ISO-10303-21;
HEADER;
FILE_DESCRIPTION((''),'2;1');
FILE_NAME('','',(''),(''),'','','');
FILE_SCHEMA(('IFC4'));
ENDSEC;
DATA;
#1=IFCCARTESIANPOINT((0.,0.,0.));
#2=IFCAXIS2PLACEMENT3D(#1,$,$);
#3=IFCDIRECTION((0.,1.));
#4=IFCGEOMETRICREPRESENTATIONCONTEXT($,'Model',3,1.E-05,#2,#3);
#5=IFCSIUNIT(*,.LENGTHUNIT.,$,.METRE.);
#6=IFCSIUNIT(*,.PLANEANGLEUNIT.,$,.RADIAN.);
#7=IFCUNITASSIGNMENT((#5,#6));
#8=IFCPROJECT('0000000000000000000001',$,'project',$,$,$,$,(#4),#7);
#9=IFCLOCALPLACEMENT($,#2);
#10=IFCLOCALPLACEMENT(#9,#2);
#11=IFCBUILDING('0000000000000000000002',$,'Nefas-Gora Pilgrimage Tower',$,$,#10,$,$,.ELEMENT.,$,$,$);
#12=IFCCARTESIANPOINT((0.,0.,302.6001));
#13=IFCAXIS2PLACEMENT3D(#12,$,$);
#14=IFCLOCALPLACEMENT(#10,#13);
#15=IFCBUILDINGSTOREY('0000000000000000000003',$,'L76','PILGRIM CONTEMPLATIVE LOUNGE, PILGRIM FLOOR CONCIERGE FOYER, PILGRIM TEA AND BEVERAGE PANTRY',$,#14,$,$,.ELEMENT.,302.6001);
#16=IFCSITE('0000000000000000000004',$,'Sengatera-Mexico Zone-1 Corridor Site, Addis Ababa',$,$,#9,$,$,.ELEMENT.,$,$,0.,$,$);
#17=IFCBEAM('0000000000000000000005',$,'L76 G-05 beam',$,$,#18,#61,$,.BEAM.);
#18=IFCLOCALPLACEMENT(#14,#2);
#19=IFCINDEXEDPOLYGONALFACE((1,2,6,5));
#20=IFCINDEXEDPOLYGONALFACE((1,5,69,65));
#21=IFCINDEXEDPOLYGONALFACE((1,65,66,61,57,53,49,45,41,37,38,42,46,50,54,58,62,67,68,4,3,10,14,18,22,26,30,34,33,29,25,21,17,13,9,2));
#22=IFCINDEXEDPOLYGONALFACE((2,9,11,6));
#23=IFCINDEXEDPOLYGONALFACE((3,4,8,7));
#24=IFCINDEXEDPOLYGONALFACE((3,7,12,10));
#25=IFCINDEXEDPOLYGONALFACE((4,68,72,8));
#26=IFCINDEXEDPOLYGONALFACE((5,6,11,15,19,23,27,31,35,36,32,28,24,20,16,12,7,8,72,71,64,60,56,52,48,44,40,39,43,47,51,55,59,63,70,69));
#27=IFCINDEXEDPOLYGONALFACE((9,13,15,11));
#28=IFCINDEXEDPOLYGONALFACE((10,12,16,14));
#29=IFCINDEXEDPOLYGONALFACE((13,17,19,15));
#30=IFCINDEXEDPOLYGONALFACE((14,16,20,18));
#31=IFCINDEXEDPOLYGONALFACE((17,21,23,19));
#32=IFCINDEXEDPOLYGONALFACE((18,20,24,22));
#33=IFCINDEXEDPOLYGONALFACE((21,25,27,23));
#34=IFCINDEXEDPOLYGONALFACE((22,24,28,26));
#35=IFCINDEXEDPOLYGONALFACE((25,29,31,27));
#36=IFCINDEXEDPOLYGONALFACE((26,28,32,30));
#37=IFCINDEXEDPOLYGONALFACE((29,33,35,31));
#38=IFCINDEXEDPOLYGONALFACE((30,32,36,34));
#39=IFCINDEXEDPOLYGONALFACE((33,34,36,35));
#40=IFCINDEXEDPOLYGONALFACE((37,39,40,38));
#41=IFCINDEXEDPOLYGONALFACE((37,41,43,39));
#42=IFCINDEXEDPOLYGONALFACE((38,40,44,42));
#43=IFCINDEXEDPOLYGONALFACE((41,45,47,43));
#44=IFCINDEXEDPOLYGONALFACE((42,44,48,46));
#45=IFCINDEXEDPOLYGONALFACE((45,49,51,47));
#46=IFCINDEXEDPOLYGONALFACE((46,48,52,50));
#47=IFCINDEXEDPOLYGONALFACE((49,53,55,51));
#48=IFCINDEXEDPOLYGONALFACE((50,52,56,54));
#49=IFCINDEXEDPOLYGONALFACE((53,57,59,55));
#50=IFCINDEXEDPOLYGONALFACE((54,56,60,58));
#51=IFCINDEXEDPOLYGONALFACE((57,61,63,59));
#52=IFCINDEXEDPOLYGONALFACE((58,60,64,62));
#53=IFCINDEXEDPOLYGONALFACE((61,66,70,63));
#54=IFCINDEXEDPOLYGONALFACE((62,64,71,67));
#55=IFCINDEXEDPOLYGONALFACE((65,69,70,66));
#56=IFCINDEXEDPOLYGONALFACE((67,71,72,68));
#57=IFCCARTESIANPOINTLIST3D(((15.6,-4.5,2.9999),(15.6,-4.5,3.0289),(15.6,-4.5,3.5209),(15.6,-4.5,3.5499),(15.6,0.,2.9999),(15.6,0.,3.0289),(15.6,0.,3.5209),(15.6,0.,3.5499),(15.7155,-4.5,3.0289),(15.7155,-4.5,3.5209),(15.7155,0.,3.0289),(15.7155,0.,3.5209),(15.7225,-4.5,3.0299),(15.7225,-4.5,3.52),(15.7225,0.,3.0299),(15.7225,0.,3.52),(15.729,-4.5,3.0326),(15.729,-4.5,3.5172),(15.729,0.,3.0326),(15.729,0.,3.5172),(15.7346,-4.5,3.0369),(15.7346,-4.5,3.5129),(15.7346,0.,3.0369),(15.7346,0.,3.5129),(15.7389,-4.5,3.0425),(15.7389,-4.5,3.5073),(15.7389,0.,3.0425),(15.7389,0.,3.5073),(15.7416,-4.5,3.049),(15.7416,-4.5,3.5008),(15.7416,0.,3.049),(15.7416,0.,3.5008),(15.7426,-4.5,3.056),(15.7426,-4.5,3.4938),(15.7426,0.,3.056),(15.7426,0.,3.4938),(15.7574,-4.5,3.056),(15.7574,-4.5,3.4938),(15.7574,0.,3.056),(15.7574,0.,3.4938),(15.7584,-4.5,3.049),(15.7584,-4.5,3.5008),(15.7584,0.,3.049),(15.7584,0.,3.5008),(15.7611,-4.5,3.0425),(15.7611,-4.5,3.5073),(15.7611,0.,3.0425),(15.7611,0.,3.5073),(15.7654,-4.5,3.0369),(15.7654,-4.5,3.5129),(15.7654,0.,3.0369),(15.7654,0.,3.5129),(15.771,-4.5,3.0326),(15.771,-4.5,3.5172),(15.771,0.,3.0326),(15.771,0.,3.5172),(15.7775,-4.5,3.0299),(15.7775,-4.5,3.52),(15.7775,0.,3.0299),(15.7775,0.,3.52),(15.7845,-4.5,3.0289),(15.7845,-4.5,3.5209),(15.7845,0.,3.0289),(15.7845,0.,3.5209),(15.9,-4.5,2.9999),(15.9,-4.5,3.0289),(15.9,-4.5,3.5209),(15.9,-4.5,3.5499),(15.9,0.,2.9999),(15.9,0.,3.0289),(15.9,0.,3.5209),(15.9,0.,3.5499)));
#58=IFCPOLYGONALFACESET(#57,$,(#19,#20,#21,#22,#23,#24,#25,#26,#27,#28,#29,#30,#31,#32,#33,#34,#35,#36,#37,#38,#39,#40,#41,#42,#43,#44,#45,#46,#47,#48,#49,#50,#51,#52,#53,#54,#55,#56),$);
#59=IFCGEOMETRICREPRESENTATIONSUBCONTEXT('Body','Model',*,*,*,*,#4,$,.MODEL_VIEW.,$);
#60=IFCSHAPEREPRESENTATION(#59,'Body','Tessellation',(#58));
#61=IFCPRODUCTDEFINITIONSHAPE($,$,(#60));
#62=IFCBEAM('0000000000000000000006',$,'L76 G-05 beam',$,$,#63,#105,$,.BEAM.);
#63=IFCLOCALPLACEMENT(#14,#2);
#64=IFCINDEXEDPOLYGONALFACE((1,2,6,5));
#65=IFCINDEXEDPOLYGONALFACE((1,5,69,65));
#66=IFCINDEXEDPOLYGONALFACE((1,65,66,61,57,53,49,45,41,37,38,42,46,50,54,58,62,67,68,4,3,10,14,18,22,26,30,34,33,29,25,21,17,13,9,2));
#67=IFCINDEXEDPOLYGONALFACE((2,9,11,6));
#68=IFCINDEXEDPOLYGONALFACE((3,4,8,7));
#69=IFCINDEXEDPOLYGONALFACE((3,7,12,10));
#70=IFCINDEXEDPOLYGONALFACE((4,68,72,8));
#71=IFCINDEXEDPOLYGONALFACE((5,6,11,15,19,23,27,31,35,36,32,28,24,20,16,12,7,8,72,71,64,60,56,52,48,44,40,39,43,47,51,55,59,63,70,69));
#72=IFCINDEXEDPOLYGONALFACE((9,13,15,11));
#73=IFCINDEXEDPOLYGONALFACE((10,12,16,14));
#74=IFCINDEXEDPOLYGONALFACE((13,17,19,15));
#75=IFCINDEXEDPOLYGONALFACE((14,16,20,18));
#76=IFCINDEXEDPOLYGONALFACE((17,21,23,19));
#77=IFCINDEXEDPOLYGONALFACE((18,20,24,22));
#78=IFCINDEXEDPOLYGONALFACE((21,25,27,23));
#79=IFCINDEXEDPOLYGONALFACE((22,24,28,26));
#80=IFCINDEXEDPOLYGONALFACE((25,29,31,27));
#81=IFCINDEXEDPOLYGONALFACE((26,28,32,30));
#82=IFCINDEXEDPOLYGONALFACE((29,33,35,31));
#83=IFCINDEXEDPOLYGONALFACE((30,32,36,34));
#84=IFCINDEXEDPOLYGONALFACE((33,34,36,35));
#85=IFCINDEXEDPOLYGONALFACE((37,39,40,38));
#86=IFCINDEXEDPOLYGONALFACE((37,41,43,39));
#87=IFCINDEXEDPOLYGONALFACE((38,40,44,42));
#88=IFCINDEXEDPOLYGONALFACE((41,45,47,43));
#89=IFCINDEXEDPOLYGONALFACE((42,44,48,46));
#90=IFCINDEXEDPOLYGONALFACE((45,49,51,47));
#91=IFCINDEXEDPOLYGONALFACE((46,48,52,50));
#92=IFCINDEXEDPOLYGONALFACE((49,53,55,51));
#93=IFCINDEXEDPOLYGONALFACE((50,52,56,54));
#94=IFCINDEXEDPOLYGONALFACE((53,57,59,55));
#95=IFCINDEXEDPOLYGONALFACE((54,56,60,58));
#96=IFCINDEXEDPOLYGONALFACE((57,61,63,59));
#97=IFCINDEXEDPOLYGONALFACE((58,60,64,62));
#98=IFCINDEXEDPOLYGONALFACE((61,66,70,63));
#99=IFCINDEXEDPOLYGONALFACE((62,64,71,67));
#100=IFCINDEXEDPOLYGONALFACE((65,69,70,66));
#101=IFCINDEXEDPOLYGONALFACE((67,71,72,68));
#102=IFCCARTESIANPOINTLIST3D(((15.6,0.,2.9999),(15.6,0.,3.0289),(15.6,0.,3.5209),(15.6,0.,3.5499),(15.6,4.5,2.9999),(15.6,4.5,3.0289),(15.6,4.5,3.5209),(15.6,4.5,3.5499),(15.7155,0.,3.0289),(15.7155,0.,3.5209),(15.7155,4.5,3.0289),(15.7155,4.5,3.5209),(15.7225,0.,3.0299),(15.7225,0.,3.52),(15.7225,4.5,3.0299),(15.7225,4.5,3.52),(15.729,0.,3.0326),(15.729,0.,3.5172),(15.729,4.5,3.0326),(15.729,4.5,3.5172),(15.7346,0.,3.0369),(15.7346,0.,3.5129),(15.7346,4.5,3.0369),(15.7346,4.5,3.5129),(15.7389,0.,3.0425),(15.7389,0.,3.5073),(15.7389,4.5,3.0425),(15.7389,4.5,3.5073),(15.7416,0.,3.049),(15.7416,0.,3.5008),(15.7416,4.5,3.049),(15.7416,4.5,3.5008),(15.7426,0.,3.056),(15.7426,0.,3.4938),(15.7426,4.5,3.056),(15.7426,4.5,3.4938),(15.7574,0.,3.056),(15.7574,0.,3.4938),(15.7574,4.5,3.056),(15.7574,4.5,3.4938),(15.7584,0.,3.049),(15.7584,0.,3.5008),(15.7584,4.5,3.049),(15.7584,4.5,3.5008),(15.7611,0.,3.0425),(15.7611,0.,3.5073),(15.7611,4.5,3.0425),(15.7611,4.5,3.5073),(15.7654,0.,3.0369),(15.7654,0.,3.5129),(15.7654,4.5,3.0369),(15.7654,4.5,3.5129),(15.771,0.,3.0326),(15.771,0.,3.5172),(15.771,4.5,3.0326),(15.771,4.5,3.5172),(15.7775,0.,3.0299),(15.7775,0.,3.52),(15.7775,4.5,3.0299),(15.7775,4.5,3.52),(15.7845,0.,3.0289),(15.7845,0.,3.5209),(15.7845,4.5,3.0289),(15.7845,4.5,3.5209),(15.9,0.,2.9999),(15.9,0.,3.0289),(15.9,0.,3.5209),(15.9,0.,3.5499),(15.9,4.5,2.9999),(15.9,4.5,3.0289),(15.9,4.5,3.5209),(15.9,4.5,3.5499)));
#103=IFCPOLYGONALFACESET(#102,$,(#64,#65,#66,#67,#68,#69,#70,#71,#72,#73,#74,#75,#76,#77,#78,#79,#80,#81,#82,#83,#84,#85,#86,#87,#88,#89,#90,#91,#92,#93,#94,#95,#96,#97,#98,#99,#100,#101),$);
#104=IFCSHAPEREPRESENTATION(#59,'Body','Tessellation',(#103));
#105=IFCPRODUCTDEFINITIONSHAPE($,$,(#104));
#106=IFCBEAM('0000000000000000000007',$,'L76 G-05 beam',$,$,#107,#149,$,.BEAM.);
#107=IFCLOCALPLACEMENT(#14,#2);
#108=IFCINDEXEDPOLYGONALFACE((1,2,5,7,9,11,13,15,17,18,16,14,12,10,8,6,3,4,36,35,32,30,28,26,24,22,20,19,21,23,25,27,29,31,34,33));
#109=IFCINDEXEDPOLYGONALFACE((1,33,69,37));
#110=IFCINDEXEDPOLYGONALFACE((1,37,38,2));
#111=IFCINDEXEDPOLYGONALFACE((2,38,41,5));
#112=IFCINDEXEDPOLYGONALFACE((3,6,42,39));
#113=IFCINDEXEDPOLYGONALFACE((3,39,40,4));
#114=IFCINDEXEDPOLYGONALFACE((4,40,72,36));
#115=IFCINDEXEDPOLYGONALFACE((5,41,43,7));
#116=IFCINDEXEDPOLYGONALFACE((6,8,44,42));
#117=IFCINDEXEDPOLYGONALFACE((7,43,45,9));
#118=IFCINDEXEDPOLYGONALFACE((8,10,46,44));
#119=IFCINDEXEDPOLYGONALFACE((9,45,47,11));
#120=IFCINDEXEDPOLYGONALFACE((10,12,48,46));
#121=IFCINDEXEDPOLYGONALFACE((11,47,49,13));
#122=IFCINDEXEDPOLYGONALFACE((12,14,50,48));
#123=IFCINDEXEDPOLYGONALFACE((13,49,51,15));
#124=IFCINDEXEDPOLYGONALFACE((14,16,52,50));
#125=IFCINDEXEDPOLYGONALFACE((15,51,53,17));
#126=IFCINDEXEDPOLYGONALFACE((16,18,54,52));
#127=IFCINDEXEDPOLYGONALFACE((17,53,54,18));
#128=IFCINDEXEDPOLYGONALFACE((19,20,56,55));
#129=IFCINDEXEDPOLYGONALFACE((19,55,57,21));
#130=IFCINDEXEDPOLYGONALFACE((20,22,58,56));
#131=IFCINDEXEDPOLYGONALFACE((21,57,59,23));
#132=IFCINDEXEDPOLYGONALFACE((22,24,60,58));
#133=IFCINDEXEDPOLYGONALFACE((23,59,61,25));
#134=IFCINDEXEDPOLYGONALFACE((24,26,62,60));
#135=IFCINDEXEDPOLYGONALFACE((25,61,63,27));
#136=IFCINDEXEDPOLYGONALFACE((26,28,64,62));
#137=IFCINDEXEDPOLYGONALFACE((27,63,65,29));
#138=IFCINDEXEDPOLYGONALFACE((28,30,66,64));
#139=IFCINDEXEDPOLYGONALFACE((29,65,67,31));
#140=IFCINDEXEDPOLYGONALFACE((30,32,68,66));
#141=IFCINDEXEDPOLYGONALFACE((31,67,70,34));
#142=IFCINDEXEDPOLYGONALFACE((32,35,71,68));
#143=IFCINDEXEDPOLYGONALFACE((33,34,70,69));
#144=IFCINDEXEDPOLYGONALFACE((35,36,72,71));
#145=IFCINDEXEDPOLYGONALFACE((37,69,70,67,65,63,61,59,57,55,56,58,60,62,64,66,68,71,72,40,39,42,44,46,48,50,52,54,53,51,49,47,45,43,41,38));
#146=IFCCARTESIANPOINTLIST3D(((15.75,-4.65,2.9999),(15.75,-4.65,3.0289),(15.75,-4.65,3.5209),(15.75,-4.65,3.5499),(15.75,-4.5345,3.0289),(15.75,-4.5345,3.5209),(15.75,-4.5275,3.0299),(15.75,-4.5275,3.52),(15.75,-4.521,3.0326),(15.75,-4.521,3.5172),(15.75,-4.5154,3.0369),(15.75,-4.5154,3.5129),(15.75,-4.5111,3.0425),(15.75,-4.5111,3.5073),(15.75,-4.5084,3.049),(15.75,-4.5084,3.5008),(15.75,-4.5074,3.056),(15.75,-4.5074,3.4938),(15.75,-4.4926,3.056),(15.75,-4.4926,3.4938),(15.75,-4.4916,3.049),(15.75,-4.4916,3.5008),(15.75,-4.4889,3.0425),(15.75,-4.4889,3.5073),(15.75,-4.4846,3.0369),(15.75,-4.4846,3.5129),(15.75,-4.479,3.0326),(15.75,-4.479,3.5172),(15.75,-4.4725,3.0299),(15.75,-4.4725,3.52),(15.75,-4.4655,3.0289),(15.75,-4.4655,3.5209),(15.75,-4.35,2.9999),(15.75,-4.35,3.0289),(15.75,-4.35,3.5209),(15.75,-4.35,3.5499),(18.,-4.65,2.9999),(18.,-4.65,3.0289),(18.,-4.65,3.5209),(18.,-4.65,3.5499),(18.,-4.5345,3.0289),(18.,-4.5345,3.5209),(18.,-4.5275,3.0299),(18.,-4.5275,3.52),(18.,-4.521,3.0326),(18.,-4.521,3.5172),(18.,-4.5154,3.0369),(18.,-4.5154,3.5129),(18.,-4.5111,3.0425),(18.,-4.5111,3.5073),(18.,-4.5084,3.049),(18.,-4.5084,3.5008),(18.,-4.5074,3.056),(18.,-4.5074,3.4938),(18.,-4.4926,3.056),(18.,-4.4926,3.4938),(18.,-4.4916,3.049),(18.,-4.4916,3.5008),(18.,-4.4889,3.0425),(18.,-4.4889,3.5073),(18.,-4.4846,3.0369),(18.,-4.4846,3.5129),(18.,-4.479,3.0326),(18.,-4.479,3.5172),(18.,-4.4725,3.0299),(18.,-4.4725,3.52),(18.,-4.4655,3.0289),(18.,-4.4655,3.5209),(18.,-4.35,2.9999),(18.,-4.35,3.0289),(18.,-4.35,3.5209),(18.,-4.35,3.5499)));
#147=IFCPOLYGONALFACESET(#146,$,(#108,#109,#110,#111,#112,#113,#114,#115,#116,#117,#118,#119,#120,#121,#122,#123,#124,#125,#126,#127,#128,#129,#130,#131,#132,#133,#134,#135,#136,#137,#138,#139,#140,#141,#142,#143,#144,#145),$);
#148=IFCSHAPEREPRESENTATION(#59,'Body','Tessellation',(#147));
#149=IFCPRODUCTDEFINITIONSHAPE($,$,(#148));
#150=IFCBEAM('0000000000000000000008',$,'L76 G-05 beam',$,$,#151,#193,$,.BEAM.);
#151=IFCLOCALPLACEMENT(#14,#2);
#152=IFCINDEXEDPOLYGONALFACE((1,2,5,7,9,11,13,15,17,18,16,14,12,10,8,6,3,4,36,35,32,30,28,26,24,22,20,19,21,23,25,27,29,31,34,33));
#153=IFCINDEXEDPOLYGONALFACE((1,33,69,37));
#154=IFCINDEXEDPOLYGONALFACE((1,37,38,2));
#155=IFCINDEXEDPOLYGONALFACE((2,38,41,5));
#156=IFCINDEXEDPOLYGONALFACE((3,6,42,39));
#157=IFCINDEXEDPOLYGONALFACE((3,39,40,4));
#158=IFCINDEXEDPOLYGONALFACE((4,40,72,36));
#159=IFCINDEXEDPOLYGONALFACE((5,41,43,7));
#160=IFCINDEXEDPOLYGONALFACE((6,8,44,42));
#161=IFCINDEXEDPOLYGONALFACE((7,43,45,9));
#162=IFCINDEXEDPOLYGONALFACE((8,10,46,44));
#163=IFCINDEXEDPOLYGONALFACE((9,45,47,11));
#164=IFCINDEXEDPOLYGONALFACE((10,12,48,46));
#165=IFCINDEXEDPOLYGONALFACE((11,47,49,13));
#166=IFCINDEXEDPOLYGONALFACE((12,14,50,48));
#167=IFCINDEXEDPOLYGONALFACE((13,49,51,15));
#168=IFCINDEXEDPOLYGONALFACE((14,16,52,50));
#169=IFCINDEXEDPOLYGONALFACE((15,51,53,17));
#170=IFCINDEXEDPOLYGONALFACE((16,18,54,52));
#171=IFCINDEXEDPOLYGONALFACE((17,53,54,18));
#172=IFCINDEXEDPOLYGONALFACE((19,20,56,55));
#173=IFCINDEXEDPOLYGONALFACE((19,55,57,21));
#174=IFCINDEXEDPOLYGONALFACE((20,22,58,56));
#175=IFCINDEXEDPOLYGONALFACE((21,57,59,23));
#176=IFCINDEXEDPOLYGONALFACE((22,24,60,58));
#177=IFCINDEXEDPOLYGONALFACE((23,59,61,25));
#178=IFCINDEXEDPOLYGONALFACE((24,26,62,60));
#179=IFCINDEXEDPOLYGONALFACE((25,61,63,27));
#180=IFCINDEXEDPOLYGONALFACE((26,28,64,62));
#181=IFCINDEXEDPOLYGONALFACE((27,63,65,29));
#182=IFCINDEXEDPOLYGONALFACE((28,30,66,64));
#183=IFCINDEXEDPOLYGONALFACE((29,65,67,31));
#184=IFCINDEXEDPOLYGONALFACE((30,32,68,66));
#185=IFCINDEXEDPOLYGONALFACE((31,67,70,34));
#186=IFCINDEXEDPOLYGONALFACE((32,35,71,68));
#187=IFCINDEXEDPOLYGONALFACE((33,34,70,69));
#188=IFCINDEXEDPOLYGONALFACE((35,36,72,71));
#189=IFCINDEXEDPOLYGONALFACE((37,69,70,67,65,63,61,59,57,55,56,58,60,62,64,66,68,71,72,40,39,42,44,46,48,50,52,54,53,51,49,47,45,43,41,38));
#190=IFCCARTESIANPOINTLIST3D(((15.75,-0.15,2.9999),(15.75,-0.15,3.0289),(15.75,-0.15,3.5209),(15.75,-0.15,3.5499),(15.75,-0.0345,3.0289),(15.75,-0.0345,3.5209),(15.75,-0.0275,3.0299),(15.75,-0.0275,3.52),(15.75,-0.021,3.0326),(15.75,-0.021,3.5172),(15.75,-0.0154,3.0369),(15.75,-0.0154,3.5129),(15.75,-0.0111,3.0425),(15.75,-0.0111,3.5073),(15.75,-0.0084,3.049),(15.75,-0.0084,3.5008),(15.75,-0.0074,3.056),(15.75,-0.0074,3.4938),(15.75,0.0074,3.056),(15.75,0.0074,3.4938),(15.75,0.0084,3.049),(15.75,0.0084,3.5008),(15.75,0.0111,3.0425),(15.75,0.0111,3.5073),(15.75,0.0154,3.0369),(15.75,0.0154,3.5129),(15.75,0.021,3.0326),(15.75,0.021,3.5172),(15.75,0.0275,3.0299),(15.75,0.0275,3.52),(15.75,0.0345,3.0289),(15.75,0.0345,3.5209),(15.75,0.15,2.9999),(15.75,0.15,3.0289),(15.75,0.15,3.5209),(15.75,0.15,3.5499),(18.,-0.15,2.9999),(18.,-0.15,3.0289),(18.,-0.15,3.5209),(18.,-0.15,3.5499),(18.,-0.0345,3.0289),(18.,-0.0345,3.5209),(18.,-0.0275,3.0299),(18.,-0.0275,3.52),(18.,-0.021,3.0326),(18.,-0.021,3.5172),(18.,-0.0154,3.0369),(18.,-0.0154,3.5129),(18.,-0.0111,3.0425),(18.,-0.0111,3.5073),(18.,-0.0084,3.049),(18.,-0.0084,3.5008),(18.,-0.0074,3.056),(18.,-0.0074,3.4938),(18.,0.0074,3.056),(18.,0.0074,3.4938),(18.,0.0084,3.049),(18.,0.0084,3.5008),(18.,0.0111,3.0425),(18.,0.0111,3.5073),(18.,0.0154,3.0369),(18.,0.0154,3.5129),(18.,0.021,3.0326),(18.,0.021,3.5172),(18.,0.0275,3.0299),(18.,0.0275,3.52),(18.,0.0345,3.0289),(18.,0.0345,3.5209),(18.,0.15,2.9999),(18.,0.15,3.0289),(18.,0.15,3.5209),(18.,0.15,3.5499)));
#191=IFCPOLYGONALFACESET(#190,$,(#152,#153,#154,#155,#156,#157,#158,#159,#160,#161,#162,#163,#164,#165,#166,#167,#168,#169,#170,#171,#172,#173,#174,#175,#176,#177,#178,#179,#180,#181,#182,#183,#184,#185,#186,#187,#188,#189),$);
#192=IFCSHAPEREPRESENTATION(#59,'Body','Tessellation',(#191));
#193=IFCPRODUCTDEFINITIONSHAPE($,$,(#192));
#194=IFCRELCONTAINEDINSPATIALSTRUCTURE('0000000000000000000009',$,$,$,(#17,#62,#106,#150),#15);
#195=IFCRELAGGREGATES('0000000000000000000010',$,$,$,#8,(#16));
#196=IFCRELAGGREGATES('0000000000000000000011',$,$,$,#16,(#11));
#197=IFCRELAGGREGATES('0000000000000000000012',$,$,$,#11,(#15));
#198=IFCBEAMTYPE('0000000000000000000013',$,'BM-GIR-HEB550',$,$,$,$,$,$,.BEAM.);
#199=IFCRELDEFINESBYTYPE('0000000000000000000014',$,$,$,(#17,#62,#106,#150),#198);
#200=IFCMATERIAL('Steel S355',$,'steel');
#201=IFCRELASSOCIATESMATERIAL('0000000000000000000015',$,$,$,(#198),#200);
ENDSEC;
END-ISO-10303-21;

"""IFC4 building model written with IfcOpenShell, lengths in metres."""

from ifc_helpers import new_model, si_unit, direction, frame, origin, origin_2d, place, context, subcontext, project, spatial, i_section, extrude, source, transform, mapped, material, material_profile, profile_set, type_object, element, save


model = new_model("IFC4")

# Units and contexts
model_context = context("Model", 3, precision=1e-05, world=origin(), true_north=direction((0.0, 1.0)))
body_context = subcontext(model_context, "Body", "Model", "MODEL_VIEW")
ifc_project = project(units=[si_unit("LENGTHUNIT", "METRE"), si_unit("PLANEANGLEUNIT", "RADIAN")], contexts=[model_context])

# Site, building, storey
site_placement = place(None, origin())
site = spatial("IfcSite", under=ifc_project, at=site_placement, Name="Sengatera-Mexico Zone-1 Corridor Site, Addis Ababa", CompositionType="ELEMENT", RefElevation=0.0)
building_placement = place(site_placement, origin())
building = spatial("IfcBuilding", under=site, at=building_placement, Name="Nefas-Gora Pilgrimage Tower", CompositionType="ELEMENT")
storey_placement = place(building_placement, frame((0.0, 0.0, 302.6001)))
storey = spatial("IfcBuildingStorey", under=building, at=storey_placement, Name="L76", Description="PILGRIM CONTEMPLATIVE LOUNGE, PILGRIM FLOOR CONCIERGE FOYER, PILGRIM TEA AND BEVERAGE PANTRY", CompositionType="ELEMENT", Elevation=302.6001)

# Shared definitions
ifc_material_1 = material(Name="Steel S355", Category="steel")

# Beams
ifc_material_profile_1 = material_profile(ifc_material_1, i_section(OverallWidth=0.3, OverallDepth=0.55, WebThickness=0.0149, FlangeThickness=0.0291, FilletRadius=0.0271, at=origin_2d()), Name="HEB 550")
ifc_profile_set_1 = profile_set([ifc_material_profile_1], Name="Steel S355")
beam_type_1 = type_object("IfcBeamType", Name="BM-GIR-HEB550", PredefinedType="BEAM", material=ifc_profile_set_1)
shared_shape_1 = source(origin(), body_context, "Body", "SweptSolid", [
    extrude(i_section(OverallWidth=0.3, OverallDepth=0.55, WebThickness=0.0149, FlangeThickness=0.0291, FilletRadius=0.0271, at=origin_2d()), origin(), (0.0, 0.0, 1.0), 4.5),
])
for number, where, z_axis, x_axis, name in (
    (1, (15.75, -4.5, 3.2749), (0.0, 1.0, 0.0), (-1.0, 0.0, 0.0), "L76 G-05 beam"),
    (2, (15.75, 0.0, 3.2749), (0.0, 1.0, 0.0), (-1.0, 0.0, 0.0), "L76 G-05 beam"),
):
    element("IfcBeam", number, at=place(storey_placement, frame(where, z_axis=z_axis, x_axis=x_axis)), inside=storey, type_object=beam_type_1, Name=name, PredefinedType="BEAM", context=body_context, shape_type="MappedRepresentation", body=[
        mapped(shared_shape_1, transform((0.0, 0.0, 0.0), x_axis=(1.0, 0.0, 0.0), y_axis=(0.0, 1.0, 0.0), z_axis=(0.0, 0.0, 1.0), scale=1.0)),
    ])
shared_shape_2 = source(origin(), body_context, "Body", "SweptSolid", [
    extrude(i_section(OverallWidth=0.3, OverallDepth=0.55, WebThickness=0.0149, FlangeThickness=0.0291, FilletRadius=0.0271, at=origin_2d()), origin(), (0.0, 0.0, 1.0), 2.25),
])
for number, where, z_axis, x_axis, name in (
    (3, (15.75, -4.5, 3.2749), (1.0, 0.0, 0.0), (0.0, 1.0, 0.0), "L76 G-05 beam"),
    (4, (15.75, 0.0, 3.2749), (1.0, 0.0, 0.0), (0.0, 1.0, 0.0), "L76 G-05 beam"),
):
    element("IfcBeam", number, at=place(storey_placement, frame(where, z_axis=z_axis, x_axis=x_axis)), inside=storey, type_object=beam_type_1, Name=name, PredefinedType="BEAM", context=body_context, shape_type="MappedRepresentation", body=[
        mapped(shared_shape_2, transform((0.0, 0.0, 0.0), x_axis=(1.0, 0.0, 0.0), y_axis=(0.0, 1.0, 0.0), z_axis=(0.0, 0.0, 1.0), scale=1.0)),
    ])

save(model, "model.ifc")
